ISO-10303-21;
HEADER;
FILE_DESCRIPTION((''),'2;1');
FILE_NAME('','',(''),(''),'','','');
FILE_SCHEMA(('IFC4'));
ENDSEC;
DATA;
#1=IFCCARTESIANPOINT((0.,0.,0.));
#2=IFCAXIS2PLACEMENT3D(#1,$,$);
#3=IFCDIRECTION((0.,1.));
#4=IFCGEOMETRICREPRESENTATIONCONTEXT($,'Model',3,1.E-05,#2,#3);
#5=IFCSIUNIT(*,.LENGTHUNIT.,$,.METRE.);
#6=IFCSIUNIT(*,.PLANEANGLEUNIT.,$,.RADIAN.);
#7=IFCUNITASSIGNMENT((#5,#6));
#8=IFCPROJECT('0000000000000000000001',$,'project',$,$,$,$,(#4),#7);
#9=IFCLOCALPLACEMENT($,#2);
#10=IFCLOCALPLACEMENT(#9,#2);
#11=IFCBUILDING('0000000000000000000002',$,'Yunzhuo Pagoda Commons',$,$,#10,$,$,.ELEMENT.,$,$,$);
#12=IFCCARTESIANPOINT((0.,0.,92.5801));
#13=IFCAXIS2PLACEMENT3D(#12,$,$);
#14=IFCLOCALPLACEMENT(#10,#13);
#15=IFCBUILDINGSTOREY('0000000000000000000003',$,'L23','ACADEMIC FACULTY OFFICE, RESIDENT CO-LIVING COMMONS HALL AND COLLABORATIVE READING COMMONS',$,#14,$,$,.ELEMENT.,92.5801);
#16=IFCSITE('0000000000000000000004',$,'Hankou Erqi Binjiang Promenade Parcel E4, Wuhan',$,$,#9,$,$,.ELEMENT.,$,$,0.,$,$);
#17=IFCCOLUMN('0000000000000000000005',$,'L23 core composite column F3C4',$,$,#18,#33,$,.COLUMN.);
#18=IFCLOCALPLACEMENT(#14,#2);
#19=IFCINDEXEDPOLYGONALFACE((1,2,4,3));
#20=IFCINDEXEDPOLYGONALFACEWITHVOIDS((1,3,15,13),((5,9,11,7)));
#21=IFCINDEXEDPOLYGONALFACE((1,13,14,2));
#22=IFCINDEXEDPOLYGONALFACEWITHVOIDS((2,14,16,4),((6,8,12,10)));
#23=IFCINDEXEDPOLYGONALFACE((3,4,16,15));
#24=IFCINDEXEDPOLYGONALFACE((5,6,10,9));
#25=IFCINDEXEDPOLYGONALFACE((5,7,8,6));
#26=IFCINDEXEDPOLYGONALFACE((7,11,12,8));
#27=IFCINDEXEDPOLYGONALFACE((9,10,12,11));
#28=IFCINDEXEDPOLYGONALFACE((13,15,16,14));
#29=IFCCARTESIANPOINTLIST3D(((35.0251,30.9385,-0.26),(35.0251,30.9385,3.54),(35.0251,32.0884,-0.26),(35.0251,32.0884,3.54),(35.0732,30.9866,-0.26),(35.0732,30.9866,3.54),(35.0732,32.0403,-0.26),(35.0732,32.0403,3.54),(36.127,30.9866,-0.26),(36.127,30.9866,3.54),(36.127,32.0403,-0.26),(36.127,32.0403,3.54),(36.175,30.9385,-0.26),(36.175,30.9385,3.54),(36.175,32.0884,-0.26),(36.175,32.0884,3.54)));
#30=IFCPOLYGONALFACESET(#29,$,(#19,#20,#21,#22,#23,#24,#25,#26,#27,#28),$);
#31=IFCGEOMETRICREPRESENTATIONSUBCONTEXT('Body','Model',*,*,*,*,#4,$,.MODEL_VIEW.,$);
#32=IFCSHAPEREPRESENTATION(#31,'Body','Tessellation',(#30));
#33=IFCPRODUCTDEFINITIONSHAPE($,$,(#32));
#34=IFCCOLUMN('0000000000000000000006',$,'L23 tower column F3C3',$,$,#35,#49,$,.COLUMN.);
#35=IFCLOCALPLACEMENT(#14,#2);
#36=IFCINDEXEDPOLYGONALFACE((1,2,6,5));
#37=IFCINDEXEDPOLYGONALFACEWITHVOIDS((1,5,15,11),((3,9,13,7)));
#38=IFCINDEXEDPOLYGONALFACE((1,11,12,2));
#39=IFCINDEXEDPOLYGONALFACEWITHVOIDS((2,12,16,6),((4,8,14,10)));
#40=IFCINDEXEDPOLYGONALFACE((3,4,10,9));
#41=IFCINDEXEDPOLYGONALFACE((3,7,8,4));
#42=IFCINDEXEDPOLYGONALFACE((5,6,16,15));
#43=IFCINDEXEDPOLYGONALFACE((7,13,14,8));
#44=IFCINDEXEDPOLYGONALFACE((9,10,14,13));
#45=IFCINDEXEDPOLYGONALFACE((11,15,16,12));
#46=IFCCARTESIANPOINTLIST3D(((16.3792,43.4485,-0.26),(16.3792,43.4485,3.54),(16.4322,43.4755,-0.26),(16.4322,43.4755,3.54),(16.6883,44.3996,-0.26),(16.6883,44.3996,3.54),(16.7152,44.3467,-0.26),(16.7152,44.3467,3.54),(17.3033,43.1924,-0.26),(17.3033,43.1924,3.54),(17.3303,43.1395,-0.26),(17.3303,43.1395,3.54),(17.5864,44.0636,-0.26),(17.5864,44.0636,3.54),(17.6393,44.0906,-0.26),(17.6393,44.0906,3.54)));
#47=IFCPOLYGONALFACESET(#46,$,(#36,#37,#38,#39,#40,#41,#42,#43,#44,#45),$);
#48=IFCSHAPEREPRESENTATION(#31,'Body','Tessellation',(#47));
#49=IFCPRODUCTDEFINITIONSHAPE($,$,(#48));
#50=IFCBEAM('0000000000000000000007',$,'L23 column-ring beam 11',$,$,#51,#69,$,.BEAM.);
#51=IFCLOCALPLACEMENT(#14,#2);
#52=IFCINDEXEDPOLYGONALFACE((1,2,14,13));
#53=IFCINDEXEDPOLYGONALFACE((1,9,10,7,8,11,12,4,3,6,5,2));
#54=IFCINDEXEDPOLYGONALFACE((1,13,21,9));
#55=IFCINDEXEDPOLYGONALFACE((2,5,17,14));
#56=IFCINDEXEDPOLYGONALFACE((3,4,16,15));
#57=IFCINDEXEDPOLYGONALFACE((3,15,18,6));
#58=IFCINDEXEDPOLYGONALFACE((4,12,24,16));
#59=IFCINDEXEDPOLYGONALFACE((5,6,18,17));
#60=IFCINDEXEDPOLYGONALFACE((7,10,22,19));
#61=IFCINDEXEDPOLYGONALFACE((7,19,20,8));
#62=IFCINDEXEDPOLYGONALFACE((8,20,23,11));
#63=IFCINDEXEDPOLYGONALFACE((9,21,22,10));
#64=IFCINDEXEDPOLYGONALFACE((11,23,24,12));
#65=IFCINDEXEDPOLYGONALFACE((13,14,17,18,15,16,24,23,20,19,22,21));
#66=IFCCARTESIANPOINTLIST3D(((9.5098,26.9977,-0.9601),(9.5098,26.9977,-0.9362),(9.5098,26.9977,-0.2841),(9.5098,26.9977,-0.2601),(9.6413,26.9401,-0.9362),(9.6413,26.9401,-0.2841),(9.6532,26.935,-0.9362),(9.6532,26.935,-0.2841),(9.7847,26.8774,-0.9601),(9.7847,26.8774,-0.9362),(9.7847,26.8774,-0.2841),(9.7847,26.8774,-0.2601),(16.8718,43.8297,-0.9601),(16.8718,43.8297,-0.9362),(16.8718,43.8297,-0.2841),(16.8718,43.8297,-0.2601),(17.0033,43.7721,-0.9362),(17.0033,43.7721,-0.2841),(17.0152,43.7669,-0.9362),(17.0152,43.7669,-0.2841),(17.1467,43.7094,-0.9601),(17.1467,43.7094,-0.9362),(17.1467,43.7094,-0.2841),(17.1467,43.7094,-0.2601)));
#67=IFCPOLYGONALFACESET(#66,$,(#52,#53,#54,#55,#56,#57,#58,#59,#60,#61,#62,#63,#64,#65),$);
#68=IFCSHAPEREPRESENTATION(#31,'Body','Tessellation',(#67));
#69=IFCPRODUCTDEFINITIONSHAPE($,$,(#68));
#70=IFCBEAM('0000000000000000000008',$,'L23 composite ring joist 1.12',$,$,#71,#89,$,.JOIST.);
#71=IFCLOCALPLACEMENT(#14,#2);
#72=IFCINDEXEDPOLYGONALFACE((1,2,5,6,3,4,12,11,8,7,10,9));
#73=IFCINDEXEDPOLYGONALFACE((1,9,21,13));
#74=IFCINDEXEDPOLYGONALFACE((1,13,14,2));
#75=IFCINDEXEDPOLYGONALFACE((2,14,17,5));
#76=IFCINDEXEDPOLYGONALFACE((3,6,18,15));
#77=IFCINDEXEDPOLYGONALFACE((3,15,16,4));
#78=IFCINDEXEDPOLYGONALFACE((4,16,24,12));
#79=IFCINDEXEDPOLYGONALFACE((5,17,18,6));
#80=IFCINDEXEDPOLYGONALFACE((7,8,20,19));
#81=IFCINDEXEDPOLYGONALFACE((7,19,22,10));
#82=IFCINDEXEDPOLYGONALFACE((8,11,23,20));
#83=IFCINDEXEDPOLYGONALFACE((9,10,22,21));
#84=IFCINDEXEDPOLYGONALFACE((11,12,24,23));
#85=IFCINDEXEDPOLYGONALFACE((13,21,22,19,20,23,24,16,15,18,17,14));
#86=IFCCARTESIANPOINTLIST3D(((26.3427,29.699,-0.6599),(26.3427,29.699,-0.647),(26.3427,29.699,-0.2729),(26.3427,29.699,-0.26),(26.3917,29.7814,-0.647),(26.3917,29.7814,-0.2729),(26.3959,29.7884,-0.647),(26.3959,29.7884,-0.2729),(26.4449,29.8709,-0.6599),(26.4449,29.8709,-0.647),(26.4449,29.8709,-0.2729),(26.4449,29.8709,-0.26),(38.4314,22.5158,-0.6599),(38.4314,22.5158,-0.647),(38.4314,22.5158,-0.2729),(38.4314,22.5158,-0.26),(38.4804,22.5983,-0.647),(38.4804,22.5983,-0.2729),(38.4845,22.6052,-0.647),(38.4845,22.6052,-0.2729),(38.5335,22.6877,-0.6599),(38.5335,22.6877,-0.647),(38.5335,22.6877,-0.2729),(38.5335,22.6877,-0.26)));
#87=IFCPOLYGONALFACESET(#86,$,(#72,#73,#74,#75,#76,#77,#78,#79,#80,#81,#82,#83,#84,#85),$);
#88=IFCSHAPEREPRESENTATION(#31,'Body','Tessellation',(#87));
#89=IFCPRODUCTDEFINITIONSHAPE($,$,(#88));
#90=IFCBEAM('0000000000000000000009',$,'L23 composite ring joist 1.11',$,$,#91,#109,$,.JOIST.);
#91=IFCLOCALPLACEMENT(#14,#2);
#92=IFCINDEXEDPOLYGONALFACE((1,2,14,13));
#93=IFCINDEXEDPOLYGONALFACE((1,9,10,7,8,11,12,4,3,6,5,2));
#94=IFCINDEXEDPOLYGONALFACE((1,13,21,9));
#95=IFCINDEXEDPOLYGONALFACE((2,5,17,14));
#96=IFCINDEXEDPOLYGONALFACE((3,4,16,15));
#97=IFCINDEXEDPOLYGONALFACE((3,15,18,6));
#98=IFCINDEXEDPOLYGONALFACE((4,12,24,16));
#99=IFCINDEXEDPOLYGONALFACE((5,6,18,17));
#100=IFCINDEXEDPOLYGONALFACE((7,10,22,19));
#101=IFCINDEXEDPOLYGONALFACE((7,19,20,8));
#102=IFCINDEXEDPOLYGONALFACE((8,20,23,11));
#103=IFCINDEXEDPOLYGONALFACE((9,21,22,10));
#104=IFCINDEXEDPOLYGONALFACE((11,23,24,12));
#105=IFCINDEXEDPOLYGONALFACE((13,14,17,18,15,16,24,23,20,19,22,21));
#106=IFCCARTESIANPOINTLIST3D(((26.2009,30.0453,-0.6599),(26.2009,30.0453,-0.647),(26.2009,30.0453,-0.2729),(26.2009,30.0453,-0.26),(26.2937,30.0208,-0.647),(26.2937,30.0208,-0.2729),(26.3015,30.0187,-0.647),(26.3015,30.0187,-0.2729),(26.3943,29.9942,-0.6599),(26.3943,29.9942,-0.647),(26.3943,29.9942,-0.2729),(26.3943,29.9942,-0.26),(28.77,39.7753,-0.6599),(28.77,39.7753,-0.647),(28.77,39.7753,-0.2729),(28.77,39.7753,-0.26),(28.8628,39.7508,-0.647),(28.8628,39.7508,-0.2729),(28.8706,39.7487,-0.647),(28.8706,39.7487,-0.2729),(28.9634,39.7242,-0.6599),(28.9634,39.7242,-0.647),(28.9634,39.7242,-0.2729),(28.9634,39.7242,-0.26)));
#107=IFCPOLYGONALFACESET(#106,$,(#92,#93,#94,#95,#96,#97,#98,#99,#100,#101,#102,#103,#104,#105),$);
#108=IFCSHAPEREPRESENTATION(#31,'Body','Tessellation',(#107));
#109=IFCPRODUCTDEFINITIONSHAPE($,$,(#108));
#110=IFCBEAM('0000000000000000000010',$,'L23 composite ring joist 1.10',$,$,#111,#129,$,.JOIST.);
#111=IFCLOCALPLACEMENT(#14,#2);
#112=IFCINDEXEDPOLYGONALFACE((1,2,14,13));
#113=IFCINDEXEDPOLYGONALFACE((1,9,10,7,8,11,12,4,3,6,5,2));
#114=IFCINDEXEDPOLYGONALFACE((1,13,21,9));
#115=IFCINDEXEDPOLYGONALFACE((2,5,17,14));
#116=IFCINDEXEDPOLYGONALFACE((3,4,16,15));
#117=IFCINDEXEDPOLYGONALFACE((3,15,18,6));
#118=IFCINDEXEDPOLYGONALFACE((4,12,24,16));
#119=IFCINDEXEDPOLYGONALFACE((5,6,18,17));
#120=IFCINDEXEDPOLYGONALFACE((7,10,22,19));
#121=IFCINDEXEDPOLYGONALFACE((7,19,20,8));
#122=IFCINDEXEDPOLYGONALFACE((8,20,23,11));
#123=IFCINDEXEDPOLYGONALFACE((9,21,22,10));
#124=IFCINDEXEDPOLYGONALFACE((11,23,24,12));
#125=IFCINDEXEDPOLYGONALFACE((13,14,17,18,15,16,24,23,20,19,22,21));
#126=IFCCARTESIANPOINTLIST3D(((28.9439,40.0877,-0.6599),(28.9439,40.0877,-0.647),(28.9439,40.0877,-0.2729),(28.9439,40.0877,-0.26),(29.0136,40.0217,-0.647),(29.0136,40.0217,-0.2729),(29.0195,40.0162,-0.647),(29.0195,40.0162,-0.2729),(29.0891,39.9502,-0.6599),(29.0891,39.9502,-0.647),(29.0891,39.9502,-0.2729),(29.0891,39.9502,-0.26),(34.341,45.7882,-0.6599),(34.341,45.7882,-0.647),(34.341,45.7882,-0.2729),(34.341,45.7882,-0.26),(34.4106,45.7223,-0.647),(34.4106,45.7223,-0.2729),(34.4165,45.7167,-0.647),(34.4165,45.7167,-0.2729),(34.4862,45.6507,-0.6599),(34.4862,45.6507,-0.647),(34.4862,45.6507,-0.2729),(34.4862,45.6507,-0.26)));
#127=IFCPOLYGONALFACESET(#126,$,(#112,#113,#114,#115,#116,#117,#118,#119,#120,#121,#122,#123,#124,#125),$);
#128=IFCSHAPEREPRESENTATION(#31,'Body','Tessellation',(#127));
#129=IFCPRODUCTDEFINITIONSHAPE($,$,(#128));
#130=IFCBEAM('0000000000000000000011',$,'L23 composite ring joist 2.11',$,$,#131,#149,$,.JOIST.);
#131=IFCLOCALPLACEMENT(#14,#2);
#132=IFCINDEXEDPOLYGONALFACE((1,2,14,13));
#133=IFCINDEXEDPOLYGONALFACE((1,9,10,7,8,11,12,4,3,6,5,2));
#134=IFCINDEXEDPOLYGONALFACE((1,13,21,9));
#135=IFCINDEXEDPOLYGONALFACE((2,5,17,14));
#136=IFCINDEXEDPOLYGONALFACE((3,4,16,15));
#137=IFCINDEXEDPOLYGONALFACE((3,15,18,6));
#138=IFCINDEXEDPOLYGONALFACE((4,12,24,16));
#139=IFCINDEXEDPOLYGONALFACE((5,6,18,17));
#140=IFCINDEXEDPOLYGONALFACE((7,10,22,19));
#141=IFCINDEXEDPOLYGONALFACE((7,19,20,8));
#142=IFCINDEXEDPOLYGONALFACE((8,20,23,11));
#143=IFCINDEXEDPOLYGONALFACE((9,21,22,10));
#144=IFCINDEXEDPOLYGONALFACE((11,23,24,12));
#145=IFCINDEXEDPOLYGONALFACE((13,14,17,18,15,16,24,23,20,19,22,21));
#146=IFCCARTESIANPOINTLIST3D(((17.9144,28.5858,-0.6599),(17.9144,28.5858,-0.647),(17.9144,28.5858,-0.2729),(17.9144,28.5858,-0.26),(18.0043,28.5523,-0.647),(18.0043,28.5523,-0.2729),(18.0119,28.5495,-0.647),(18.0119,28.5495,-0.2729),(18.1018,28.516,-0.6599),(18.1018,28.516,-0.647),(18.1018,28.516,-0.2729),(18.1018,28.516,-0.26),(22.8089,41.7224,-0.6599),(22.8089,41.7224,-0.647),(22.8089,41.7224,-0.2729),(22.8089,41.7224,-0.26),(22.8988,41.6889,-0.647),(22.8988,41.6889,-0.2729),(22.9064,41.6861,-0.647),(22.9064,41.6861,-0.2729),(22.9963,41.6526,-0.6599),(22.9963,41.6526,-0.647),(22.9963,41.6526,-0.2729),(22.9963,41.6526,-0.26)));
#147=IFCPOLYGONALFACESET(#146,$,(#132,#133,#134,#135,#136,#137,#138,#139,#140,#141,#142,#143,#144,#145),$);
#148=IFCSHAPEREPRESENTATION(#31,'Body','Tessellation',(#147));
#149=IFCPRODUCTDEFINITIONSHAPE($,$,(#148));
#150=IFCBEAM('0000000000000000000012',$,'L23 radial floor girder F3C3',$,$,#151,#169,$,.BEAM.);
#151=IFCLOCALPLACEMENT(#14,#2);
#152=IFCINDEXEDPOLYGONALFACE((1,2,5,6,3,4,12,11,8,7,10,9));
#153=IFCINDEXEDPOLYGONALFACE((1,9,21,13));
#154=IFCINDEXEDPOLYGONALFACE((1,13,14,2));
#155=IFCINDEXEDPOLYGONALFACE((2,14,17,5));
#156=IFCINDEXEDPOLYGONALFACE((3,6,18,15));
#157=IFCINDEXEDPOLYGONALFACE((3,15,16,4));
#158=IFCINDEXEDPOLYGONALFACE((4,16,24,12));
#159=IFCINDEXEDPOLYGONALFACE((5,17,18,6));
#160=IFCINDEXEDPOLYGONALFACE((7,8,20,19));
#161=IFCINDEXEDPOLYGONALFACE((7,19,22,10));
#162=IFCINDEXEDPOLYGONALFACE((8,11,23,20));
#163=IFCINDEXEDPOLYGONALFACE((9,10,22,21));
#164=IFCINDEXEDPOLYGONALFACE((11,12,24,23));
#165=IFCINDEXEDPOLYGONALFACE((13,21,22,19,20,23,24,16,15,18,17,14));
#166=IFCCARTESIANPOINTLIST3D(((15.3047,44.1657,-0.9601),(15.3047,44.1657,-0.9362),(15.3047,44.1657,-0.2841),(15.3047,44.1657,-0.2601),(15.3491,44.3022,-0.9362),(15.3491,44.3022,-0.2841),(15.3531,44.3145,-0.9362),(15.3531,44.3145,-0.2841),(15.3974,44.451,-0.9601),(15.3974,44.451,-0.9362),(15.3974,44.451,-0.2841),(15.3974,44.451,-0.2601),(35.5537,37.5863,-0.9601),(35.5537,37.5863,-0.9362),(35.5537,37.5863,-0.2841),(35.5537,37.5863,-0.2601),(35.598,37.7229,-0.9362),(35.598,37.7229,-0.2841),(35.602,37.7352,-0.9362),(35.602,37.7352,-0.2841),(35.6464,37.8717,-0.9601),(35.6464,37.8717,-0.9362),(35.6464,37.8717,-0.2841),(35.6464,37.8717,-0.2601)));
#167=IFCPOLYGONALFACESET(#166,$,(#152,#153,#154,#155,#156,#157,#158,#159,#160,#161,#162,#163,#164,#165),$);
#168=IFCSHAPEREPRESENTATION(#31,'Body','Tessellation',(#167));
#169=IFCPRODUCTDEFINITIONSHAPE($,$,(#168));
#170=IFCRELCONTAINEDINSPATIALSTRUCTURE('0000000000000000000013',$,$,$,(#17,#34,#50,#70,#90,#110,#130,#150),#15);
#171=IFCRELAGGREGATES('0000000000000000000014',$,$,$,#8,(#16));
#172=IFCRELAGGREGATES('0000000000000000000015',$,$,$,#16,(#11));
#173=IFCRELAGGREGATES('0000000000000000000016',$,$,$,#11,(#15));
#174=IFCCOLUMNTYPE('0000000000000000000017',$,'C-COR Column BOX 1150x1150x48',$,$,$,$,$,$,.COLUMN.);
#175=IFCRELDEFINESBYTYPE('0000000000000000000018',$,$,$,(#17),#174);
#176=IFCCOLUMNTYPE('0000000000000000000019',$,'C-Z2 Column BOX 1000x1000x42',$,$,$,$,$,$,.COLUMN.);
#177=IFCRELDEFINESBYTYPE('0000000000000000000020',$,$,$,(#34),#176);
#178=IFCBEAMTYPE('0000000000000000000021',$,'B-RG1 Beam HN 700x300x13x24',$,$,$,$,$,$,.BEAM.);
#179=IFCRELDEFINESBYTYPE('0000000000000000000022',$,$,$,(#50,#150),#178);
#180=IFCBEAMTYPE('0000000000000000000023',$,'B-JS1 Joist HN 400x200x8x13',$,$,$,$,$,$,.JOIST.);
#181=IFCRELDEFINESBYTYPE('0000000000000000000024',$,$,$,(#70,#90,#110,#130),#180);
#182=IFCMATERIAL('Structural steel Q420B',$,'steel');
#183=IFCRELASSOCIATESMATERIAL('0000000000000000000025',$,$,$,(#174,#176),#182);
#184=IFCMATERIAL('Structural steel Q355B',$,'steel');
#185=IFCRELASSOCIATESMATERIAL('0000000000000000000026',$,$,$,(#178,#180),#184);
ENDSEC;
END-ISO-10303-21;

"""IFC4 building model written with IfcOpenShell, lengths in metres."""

from ifc_helpers import new_model, si_unit, direction, frame, origin, origin_2d, place, context, subcontext, project, spatial, hollow_rectangle, i_section, extrude, source, transform, mapped, material, material_profile, profile_set, type_object, element, save


model = new_model("IFC4")

# Units and contexts
model_context = context("Model", 3, precision=1e-05, world=origin(), true_north=direction((0.0, 1.0)))
body_context = subcontext(model_context, "Body", "Model", "MODEL_VIEW")
ifc_project = project(units=[si_unit("LENGTHUNIT", "METRE"), si_unit("PLANEANGLEUNIT", "RADIAN")], contexts=[model_context])

# Site, building, storey
site_placement = place(None, origin())
site = spatial("IfcSite", under=ifc_project, at=site_placement, Name="Hankou Erqi Binjiang Promenade Parcel E4, Wuhan", CompositionType="ELEMENT", RefElevation=0.0)
building_placement = place(site_placement, origin())
building = spatial("IfcBuilding", under=site, at=building_placement, Name="Yunzhuo Pagoda Commons", CompositionType="ELEMENT")
storey_placement = place(building_placement, frame((0.0, 0.0, 92.5801)))
storey = spatial("IfcBuildingStorey", under=building, at=storey_placement, Name="L23", Description="ACADEMIC FACULTY OFFICE, RESIDENT CO-LIVING COMMONS HALL AND COLLABORATIVE READING COMMONS", CompositionType="ELEMENT", Elevation=92.5801)

# Columns
ifc_material_1 = material(Name="Structural steel Q420B", Category="steel")
ifc_material_profile_1 = material_profile(ifc_material_1, hollow_rectangle(XDim=1.1499, YDim=1.1499, WallThickness=0.0481, at=origin_2d()), Name="Structural steel Q420B")
ifc_profile_set_1 = profile_set([ifc_material_profile_1], Name="Structural steel Q420B")
column_type_1 = type_object("IfcColumnType", Name="C-COR Column BOX 1150x1150x48", PredefinedType="COLUMN", material=ifc_profile_set_1)
shared_shape_1 = source(origin(), body_context, "Body", "SweptSolid", [
    extrude(hollow_rectangle(XDim=1.1499, YDim=1.1499, WallThickness=0.0481, at=origin_2d()), origin(), (0.0, 0.0, 1.0), 3.8),
])
column_1_placement = place(storey_placement, frame((35.6001, 31.5134, -0.26), z_axis=(0.0, 0.0, 1.0), x_axis=(1.0, 0.0, 0.0)))
element("IfcColumn", 1, at=column_1_placement, inside=storey, type_object=column_type_1, Name="L23 core composite column F3C4", PredefinedType="COLUMN", context=body_context, shape_type="MappedRepresentation", body=[
    mapped(shared_shape_1, transform((0.0, 0.0, 0.0), scale=1.0)),
])
ifc_material_profile_2 = material_profile(ifc_material_1, hollow_rectangle(XDim=1.0, YDim=1.0, WallThickness=0.042, at=origin_2d()), Name="Structural steel Q420B")
ifc_profile_set_2 = profile_set([ifc_material_profile_2], Name="Structural steel Q420B")
column_type_2 = type_object("IfcColumnType", Name="C-Z2 Column BOX 1000x1000x42", PredefinedType="COLUMN", material=ifc_profile_set_2)
shared_shape_2 = source(origin(), body_context, "Body", "SweptSolid", [
    extrude(hollow_rectangle(XDim=1.0, YDim=1.0, WallThickness=0.042, at=origin_2d()), origin(), (0.0, 0.0, 1.0), 3.8),
])
column_2_placement = place(storey_placement, frame((17.0093, 43.7695, -0.26), z_axis=(0.0, 0.0, 1.0), x_axis=(-0.309017, -0.951057, 0.0)))
element("IfcColumn", 2, at=column_2_placement, inside=storey, type_object=column_type_2, Name="L23 tower column F3C3", PredefinedType="COLUMN", context=body_context, shape_type="MappedRepresentation", body=[
    mapped(shared_shape_2, transform((0.0, 0.0, 0.0), scale=1.0)),
])

# Beams
ifc_material_2 = material(Name="Structural steel Q355B", Category="steel")
ifc_material_profile_3 = material_profile(ifc_material_2, i_section(OverallWidth=0.3, OverallDepth=0.7, WebThickness=0.0129, FlangeThickness=0.0239, at=origin_2d()), Name="Structural steel Q355B")
ifc_profile_set_3 = profile_set([ifc_material_profile_3], Name="Structural steel Q355B")
beam_type_1 = type_object("IfcBeamType", Name="B-RG1 Beam HN 700x300x13x24", PredefinedType="BEAM", material=ifc_profile_set_3)
shared_shape_3 = source(origin(), body_context, "Body", "SweptSolid", [
    extrude(i_section(OverallWidth=0.3, OverallDepth=0.7, WebThickness=0.0129, FlangeThickness=0.0239, at=origin_2d()), origin(), (0.0, 0.0, 1.0), 18.3716),
])
beam_1_placement = place(storey_placement, frame((17.0093, 43.7695, -0.6101), z_axis=(-0.40073, -0.916196, 0.0), x_axis=(0.916196, -0.40073, 0.0)))
element("IfcBeam", 3, at=beam_1_placement, inside=storey, type_object=beam_type_1, Name="L23 column-ring beam 11", PredefinedType="BEAM", context=body_context, shape_type="MappedRepresentation", body=[
    mapped(shared_shape_3, transform((0.0, 0.0, 0.0), scale=1.0)),
])
ifc_material_profile_4 = material_profile(ifc_material_2, i_section(OverallWidth=0.2, OverallDepth=0.3999, WebThickness=0.0081, FlangeThickness=0.0129, at=origin_2d()), Name="Structural steel Q355B")
ifc_profile_set_4 = profile_set([ifc_material_profile_4], Name="Structural steel Q355B")
beam_type_2 = type_object("IfcBeamType", Name="B-JS1 Joist HN 400x200x8x13", PredefinedType="JOIST", material=ifc_profile_set_4)
shared_shape_4 = source(origin(), body_context, "Body", "SweptSolid", [
    extrude(i_section(OverallWidth=0.2, OverallDepth=0.3999, WebThickness=0.0081, FlangeThickness=0.0129, at=origin_2d()), origin(), (0.0, 0.0, 1.0), 14.0618),
])
beam_2_placement = place(storey_placement, frame((26.3938, 29.7849, -0.46), z_axis=(0.859683, -0.510827, 0.0), x_axis=(0.510827, 0.859683, 0.0)))
element("IfcBeam", 4, at=beam_2_placement, inside=storey, type_object=beam_type_2, Name="L23 composite ring joist 1.12", PredefinedType="JOIST", context=body_context, shape_type="MappedRepresentation", body=[
    mapped(shared_shape_4, transform((0.0, 0.0, 0.0), scale=1.0)),
])
shared_shape_5 = source(origin(), body_context, "Body", "SweptSolid", [
    extrude(i_section(OverallWidth=0.2, OverallDepth=0.3999, WebThickness=0.0081, FlangeThickness=0.0129, at=origin_2d()), origin(), (0.0, 0.0, 1.0), 10.0635),
])
beam_3_placement = place(storey_placement, frame((28.8667, 39.7498, -0.46), z_axis=(-0.25529, -0.966865, 0.0), x_axis=(0.966865, -0.25529, 0.0)))
element("IfcBeam", 5, at=beam_3_placement, inside=storey, type_object=beam_type_2, Name="L23 composite ring joist 1.11", PredefinedType="JOIST", context=body_context, shape_type="MappedRepresentation", body=[
    mapped(shared_shape_5, transform((0.0, 0.0, 0.0), scale=1.0)),
])
shared_shape_6 = source(origin(), body_context, "Body", "SweptSolid", [
    extrude(i_section(OverallWidth=0.2, OverallDepth=0.3999, WebThickness=0.0081, FlangeThickness=0.0129, at=origin_2d()), origin(), (0.0, 0.0, 1.0), 7.8501),
])
beam_4_placement = place(storey_placement, frame((34.4136, 45.7195, -0.46), z_axis=(-0.687513, -0.726172, 0.0), x_axis=(0.726172, -0.687513, 0.0)))
element("IfcBeam", 6, at=beam_4_placement, inside=storey, type_object=beam_type_2, Name="L23 composite ring joist 1.10", PredefinedType="JOIST", context=body_context, shape_type="MappedRepresentation", body=[
    mapped(shared_shape_6, transform((0.0, 0.0, 0.0), scale=1.0)),
])
shared_shape_7 = source(origin(), body_context, "Body", "SweptSolid", [
    extrude(i_section(OverallWidth=0.2, OverallDepth=0.3999, WebThickness=0.0081, FlangeThickness=0.0129, at=origin_2d()), origin(), (0.0, 0.0, 1.0), 14.0188),
])
beam_5_placement = place(storey_placement, frame((22.9026, 41.6875, -0.46), z_axis=(-0.349138, -0.937071, 0.0), x_axis=(0.937071, -0.349138, 0.0)))
element("IfcBeam", 7, at=beam_5_placement, inside=storey, type_object=beam_type_2, Name="L23 composite ring joist 2.11", PredefinedType="JOIST", context=body_context, shape_type="MappedRepresentation", body=[
    mapped(shared_shape_7, transform((0.0, 0.0, 0.0), scale=1.0)),
])
shared_shape_8 = source(origin(), body_context, "Body", "SweptSolid", [
    extrude(i_section(OverallWidth=0.3, OverallDepth=0.7, WebThickness=0.0129, FlangeThickness=0.0239, at=origin_2d()), origin(), (0.0, 0.0, 1.0), 21.291),
])
beam_6_placement = place(storey_placement, frame((15.3511, 44.3083, -0.6101), z_axis=(0.951056, -0.309019, 0.0), x_axis=(0.309019, 0.951056, 0.0)))
element("IfcBeam", 8, at=beam_6_placement, inside=storey, type_object=beam_type_1, Name="L23 radial floor girder F3C3", PredefinedType="BEAM", context=body_context, shape_type="MappedRepresentation", body=[
    mapped(shared_shape_8, transform((0.0, 0.0, 0.0), scale=1.0)),
])

save(model, "model.ifc")
